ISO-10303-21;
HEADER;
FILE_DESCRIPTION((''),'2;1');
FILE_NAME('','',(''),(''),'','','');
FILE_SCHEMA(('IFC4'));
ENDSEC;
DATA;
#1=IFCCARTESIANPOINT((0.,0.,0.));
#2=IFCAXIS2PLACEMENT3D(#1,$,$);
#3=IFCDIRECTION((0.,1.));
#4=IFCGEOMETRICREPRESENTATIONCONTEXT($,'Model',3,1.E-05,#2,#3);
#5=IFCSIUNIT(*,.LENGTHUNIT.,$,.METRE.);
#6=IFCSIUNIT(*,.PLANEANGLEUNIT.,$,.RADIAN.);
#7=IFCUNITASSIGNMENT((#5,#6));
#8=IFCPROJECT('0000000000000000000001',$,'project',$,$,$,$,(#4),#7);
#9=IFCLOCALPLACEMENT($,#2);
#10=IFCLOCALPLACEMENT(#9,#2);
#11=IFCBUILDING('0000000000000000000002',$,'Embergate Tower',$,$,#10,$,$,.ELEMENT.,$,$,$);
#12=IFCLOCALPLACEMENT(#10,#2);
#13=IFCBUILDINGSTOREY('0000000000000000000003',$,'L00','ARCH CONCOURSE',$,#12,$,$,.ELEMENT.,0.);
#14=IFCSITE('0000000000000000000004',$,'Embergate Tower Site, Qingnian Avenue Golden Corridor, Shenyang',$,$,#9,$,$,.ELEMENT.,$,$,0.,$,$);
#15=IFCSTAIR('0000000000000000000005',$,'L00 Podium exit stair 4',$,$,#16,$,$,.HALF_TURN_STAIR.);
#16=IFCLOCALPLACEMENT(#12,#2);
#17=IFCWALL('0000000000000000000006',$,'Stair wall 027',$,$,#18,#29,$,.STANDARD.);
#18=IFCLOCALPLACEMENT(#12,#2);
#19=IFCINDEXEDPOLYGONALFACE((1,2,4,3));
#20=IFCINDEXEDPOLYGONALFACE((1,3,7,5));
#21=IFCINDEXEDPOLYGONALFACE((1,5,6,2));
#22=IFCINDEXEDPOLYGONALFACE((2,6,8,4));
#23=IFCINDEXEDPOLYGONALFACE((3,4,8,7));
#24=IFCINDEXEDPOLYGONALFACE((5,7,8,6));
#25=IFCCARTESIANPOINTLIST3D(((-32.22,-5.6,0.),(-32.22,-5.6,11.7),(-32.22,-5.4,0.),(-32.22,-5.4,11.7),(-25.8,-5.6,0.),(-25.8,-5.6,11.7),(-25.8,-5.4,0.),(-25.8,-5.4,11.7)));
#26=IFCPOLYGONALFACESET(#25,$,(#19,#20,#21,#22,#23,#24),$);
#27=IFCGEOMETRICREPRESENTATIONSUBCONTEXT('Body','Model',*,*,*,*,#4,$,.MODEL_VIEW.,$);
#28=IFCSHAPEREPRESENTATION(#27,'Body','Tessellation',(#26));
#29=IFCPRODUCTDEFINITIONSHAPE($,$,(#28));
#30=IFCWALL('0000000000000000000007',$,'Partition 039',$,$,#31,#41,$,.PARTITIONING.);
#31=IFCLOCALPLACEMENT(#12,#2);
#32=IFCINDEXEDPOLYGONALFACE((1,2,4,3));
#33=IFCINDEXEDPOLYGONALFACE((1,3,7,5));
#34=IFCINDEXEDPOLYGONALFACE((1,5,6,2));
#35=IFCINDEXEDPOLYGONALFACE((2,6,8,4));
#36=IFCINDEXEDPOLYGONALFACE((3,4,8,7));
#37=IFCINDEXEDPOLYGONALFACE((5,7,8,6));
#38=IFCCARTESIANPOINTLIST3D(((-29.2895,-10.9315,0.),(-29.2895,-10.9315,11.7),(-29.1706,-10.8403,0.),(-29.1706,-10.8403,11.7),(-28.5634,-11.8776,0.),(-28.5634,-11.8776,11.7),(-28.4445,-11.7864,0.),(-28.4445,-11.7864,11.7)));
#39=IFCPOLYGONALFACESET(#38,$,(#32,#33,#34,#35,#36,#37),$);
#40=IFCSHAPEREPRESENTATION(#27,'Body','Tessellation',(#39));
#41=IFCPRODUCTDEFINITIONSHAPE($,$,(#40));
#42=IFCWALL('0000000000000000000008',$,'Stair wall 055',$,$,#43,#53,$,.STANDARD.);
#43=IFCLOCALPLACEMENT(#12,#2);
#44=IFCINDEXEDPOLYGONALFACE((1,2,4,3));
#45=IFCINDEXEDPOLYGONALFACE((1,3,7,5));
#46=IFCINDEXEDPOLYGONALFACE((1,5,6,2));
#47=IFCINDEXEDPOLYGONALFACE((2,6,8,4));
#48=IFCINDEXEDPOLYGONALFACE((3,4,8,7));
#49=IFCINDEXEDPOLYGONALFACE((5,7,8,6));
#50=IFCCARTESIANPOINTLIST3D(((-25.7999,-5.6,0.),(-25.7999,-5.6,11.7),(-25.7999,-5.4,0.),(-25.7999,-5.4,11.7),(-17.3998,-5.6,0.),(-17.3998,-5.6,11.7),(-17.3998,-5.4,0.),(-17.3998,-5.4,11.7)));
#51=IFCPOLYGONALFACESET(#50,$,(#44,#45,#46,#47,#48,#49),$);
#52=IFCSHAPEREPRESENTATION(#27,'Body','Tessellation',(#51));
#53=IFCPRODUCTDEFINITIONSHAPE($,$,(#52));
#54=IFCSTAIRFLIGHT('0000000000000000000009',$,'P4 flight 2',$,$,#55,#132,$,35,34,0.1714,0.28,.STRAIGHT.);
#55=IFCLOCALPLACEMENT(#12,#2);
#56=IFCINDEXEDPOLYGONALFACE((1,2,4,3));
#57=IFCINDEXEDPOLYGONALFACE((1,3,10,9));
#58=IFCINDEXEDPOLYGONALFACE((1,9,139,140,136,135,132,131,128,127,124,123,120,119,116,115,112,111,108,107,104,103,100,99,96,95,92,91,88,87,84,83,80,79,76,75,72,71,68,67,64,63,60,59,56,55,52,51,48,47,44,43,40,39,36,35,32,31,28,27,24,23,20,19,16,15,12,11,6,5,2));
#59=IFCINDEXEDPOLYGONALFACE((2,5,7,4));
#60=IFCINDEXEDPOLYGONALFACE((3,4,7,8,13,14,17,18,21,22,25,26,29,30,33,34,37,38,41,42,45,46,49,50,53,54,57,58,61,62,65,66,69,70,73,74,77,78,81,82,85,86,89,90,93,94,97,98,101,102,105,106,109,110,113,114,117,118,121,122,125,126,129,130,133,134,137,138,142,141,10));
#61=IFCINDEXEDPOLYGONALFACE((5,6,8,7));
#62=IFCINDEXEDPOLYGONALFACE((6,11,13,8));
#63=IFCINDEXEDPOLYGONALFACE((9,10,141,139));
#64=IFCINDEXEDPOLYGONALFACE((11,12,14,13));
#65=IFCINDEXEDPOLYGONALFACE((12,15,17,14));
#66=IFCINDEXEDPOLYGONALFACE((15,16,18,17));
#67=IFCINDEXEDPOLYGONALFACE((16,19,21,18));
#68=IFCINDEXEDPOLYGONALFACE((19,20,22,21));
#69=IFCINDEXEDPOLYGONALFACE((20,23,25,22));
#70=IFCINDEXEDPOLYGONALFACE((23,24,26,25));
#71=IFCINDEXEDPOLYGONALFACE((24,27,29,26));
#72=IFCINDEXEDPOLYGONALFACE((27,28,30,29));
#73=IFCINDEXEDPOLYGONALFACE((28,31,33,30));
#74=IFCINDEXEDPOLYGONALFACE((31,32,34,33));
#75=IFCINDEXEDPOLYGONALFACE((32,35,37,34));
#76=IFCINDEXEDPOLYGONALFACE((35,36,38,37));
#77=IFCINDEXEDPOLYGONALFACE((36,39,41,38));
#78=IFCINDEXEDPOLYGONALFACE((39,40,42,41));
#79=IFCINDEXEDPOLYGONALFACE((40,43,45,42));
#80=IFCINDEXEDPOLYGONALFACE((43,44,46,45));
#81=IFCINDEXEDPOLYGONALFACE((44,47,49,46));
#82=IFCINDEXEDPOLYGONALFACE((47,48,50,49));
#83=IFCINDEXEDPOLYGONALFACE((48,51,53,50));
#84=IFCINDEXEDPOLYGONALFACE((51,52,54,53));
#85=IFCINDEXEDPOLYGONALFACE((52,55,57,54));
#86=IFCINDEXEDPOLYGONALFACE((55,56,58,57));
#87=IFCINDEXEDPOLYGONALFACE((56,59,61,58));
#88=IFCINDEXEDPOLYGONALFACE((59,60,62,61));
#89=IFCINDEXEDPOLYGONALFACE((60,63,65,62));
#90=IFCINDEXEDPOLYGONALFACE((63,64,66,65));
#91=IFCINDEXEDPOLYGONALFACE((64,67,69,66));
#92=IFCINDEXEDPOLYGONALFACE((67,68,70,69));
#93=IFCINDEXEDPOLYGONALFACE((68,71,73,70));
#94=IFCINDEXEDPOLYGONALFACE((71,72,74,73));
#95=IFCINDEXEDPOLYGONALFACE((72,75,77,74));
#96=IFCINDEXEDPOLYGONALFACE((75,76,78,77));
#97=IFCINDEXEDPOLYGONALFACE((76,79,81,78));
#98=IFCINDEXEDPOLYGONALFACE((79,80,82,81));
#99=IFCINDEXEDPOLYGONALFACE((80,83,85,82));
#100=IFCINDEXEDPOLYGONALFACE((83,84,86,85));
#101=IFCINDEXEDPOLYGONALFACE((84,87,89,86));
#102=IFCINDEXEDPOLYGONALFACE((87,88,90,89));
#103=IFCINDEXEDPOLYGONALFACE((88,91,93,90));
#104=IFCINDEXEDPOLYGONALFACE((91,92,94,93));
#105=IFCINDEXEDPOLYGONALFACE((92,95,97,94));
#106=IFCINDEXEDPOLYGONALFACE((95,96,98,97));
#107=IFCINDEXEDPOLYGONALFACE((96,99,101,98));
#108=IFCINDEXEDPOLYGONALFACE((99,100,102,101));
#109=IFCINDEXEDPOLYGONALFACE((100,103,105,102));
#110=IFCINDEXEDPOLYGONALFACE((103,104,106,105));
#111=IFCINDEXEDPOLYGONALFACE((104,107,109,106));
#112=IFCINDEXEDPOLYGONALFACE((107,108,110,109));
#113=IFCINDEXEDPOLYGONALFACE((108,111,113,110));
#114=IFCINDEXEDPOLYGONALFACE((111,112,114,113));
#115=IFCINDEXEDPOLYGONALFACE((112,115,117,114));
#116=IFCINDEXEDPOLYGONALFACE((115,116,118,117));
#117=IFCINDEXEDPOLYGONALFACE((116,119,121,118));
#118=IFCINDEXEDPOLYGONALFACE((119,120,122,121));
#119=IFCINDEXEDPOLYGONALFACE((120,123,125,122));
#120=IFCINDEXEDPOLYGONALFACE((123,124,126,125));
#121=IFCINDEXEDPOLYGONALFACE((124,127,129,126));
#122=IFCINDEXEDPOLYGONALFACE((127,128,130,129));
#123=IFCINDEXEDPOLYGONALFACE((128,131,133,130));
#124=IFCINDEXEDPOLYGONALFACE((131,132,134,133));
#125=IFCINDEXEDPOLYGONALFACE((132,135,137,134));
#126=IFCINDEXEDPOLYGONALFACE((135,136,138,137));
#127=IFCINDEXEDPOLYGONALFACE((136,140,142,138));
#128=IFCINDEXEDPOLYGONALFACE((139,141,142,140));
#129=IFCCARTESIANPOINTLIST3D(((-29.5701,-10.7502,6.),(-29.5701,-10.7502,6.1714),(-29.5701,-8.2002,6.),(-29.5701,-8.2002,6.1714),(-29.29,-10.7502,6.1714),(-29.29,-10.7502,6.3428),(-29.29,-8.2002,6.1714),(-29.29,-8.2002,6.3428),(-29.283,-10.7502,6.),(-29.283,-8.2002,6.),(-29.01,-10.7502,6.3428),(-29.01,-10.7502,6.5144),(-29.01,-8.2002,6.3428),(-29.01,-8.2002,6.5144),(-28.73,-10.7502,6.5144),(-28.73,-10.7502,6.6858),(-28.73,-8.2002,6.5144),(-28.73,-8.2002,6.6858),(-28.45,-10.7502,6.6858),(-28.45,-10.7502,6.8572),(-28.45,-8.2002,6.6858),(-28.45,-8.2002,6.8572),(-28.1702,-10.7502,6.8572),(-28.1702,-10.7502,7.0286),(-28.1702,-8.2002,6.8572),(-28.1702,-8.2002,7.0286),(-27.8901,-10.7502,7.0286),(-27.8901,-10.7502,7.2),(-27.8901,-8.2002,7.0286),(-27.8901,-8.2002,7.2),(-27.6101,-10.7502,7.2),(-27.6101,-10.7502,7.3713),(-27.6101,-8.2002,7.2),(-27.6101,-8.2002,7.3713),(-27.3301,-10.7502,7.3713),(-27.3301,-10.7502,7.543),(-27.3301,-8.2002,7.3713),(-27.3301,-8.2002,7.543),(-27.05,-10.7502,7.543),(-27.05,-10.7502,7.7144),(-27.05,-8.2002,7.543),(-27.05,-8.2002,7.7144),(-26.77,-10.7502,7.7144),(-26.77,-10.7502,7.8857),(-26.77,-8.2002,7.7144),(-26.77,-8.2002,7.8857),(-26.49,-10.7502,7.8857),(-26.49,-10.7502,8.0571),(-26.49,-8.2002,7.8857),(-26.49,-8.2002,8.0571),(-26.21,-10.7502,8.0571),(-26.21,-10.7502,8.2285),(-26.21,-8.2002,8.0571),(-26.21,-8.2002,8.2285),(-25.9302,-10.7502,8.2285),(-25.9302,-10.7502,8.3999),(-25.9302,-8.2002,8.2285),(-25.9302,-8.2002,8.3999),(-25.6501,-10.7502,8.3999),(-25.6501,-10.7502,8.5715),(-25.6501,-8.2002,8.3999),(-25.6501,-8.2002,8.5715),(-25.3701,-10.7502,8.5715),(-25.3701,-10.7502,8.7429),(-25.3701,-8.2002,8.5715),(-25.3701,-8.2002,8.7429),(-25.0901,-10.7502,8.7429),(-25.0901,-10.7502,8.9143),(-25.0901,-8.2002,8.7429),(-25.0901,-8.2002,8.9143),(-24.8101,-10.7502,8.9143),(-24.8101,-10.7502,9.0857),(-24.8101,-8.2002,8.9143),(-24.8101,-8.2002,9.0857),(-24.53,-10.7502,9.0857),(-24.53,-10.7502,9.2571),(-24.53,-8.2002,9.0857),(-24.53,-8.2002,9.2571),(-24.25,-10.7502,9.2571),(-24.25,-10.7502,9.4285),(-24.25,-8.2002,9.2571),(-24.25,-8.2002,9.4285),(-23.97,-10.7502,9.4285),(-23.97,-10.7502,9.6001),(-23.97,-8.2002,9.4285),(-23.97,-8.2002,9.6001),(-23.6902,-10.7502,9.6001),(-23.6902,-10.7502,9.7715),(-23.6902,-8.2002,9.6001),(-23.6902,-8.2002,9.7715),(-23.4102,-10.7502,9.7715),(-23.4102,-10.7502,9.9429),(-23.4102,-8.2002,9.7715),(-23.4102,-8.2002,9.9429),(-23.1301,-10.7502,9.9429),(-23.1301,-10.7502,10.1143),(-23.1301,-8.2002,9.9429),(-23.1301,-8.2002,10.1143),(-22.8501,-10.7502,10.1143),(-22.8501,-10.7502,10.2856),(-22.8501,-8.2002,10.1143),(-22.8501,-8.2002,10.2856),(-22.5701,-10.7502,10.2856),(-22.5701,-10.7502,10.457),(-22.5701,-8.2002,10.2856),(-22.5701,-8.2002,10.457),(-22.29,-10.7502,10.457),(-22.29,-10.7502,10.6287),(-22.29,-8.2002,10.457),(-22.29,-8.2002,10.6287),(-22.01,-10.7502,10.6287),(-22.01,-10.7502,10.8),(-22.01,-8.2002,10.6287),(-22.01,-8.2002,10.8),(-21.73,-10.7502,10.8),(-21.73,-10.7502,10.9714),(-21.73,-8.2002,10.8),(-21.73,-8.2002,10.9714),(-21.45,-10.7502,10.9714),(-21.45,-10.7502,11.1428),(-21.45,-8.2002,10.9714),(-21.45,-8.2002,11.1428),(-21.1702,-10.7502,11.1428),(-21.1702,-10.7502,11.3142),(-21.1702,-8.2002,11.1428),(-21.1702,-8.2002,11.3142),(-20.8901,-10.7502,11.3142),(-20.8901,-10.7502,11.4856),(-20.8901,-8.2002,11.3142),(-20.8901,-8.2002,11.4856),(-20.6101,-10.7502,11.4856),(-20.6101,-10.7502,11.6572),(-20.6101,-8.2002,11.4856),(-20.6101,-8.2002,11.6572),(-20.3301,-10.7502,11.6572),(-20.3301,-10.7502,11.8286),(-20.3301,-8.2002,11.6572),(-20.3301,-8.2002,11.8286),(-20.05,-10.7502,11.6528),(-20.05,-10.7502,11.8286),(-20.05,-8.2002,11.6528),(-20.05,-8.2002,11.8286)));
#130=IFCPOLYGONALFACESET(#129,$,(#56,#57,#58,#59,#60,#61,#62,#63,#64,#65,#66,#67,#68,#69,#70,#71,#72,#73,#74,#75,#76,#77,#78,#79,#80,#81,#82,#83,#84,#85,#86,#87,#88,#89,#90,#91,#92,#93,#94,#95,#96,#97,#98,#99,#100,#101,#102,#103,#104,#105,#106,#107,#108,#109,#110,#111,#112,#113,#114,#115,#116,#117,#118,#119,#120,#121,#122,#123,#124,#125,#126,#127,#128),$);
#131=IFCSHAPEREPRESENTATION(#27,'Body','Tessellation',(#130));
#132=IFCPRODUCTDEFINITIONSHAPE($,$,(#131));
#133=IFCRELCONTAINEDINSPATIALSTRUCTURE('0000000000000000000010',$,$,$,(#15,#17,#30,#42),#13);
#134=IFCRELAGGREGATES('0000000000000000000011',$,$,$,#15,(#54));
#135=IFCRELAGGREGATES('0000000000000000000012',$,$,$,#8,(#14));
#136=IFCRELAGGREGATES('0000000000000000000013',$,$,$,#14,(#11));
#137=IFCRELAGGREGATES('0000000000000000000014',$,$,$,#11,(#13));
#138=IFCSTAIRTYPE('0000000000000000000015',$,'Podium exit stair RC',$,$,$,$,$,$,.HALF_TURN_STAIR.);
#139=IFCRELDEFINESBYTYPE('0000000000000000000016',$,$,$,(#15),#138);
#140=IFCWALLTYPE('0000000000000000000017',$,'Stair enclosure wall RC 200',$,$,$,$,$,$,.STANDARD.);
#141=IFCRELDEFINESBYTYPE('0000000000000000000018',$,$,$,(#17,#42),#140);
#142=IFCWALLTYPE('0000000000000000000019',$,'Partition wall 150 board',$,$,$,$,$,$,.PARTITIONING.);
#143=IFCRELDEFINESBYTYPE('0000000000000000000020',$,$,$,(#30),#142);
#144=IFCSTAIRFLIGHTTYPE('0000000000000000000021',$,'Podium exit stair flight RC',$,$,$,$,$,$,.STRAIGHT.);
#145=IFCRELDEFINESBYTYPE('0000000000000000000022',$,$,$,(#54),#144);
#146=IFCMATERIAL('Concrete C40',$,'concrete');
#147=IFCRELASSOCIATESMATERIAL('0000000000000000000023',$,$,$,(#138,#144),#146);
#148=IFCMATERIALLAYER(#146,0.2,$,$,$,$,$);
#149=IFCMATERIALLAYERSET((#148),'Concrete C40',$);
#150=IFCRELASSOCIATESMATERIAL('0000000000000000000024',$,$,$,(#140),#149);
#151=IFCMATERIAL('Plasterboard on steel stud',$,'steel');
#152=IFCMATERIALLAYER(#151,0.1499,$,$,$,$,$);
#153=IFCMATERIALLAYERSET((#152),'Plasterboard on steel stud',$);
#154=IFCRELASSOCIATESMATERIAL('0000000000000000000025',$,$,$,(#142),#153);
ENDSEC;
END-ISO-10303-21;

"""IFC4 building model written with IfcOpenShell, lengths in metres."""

from ifc_helpers import new_model, si_unit, direction, frame, frame_2d, origin, place, context, subcontext, project, spatial, polyline, rectangle, outline, extrude, source, transform, mapped, material, layer, layer_set, type_object, element, aggregate, save


model = new_model("IFC4")

# Units and contexts
model_context = context("Model", 3, precision=1e-05, world=origin(), true_north=direction((0.0, 1.0)))
body_context = subcontext(model_context, "Body", "Model", "MODEL_VIEW")
ifc_project = project(units=[si_unit("LENGTHUNIT", "METRE"), si_unit("PLANEANGLEUNIT", "RADIAN")], contexts=[model_context])

# Site, building, storey
site_placement = place(None, origin())
site = spatial("IfcSite", under=ifc_project, at=site_placement, Name="Embergate Tower Site, Qingnian Avenue Golden Corridor, Shenyang", CompositionType="ELEMENT", RefElevation=0.0)
building_placement = place(site_placement, origin())
building = spatial("IfcBuilding", under=site, at=building_placement, Name="Embergate Tower", CompositionType="ELEMENT")
storey_placement = place(building_placement, origin())
storey = spatial("IfcBuildingStorey", under=building, at=storey_placement, Name="L00", Description="ARCH CONCOURSE", CompositionType="ELEMENT", Elevation=0.0)

# Shared definitions
ifc_material_1 = material(Name="Concrete C40", Category="concrete")

# Stair
stair_type = type_object("IfcStairType", Name="Podium exit stair RC", PredefinedType="HALF_TURN_STAIR", material=ifc_material_1)
stair_placement = place(storey_placement, origin())
stair = element("IfcStair", 1, at=stair_placement, inside=storey, type_object=stair_type, Name="L00 Podium exit stair 4", PredefinedType="HALF_TURN_STAIR")

# Shared definitions
ifc_layer_1 = layer(ifc_material_1, 0.2)
ifc_layer_set_1 = layer_set([ifc_layer_1], Name="Concrete C40")
wall_type_1 = type_object("IfcWallType", Name="Stair enclosure wall RC 200", PredefinedType="STANDARD", material=ifc_layer_set_1)

# Walls
shared_shape_1 = source(origin(), body_context, "Body", "SweptSolid", [
    extrude(rectangle(XDim=6.4199, YDim=0.2, at=frame_2d((3.21, 0.0))), origin(), (0.0, 0.0, 1.0), 11.7),
])
wall_1_placement = place(storey_placement, frame((-32.22, -5.5, 0.0), z_axis=(0.0, 0.0, 1.0), x_axis=(1.0, 0.0, 0.0)))
element("IfcWall", 2, at=wall_1_placement, inside=storey, type_object=wall_type_1, Name="Stair wall 027", PredefinedType="STANDARD", context=body_context, shape_type="MappedRepresentation", body=[
    mapped(shared_shape_1, transform((0.0, 0.0, 0.0))),
])
ifc_material_2 = material(Name="Plasterboard on steel stud", Category="steel")
ifc_layer_2 = layer(ifc_material_2, 0.1499)
ifc_layer_set_2 = layer_set([ifc_layer_2], Name="Plasterboard on steel stud")
wall_type_2 = type_object("IfcWallType", Name="Partition wall 150 board", PredefinedType="PARTITIONING", material=ifc_layer_set_2)
shared_shape_2 = source(origin(), body_context, "Body", "SweptSolid", [
    extrude(rectangle(XDim=1.1926, YDim=0.1499, at=frame_2d((0.5962, 0.0))), origin(), (0.0, 0.0, 1.0), 11.7),
])
wall_2_placement = place(storey_placement, frame((-29.23, -10.886, 0.0), z_axis=(0.0, 0.0, 1.0), x_axis=(0.60884, -0.793293, 0.0)))
element("IfcWall", 3, at=wall_2_placement, inside=storey, type_object=wall_type_2, Name="Partition 039", PredefinedType="PARTITIONING", context=body_context, shape_type="MappedRepresentation", body=[
    mapped(shared_shape_2, transform((0.0, 0.0, 0.0))),
])
shared_shape_3 = source(origin(), body_context, "Body", "SweptSolid", [
    extrude(rectangle(XDim=8.4001, YDim=0.2, at=frame_2d((4.2002, 0.0))), origin(), (0.0, 0.0, 1.0), 11.7),
])
wall_3_placement = place(storey_placement, frame((-25.8, -5.5, 0.0), z_axis=(0.0, 0.0, 1.0), x_axis=(1.0, 0.0, 0.0)))
element("IfcWall", 4, at=wall_3_placement, inside=storey, type_object=wall_type_1, Name="Stair wall 055", PredefinedType="STANDARD", context=body_context, shape_type="MappedRepresentation", body=[
    mapped(shared_shape_3, transform((0.0, 0.0, 0.0))),
])

# Stair flight
stair_flight_type = type_object("IfcStairFlightType", Name="Podium exit stair flight RC", PredefinedType="STRAIGHT", material=ifc_material_1)
shared_shape_4 = source(origin(), body_context, "Body", "SweptSolid", [
    extrude(outline(polyline([(0.0, 0.0), (0.0, 0.1714), (0.28, 0.1714), (0.28, 0.3428), (0.5601, 0.3428), (0.5601, 0.5144), (0.8401, 0.5144), (0.8401, 0.6858), (1.1201, 0.6858), (1.1201, 0.8572), (1.3999, 0.8572), (1.3999, 1.0286), (1.6799, 1.0286), (1.6799, 1.2), (1.96, 1.2), (1.96, 1.3713), (2.24, 1.3713), (2.24, 1.543), (2.52, 1.543), (2.52, 1.7144), (2.8, 1.7144), (2.8, 1.8857), (3.0801, 1.8857), (3.0801, 2.0571), (3.3601, 2.0571), (3.3601, 2.2285), (3.6399, 2.2285), (3.6399, 2.3999), (3.9199, 2.3999), (3.9199, 2.5715), (4.2, 2.5715), (4.2, 2.7429), (4.48, 2.7429), (4.48, 2.9143), (4.76, 2.9143), (4.76, 3.0857), (5.04, 3.0857), (5.04, 3.2571), (5.3201, 3.2571), (5.3201, 3.4285), (5.6001, 3.4285), (5.6001, 3.6001), (5.8799, 3.6001), (5.8799, 3.7715), (6.1599, 3.7715), (6.1599, 3.9429), (6.4399, 3.9429), (6.4399, 4.1143), (6.72, 4.1143), (6.72, 4.2856), (7.0, 4.2856), (7.0, 4.457), (7.28, 4.457), (7.28, 4.6287), (7.5601, 4.6287), (7.5601, 4.8), (7.8401, 4.8), (7.8401, 4.9714), (8.1201, 4.9714), (8.1201, 5.1428), (8.3999, 5.1428), (8.3999, 5.3142), (8.6799, 5.3142), (8.6799, 5.4856), (8.96, 5.4856), (8.96, 5.6572), (9.24, 5.6572), (9.24, 5.8286), (9.52, 5.8286), (9.52, 6.0), (9.52, 5.6528), (0.2871, 0.0), (0.0, 0.0)])), frame((0.0, 1.2749, 0.0), z_axis=(0.0, -1.0, 0.0), x_axis=(1.0, 0.0, 0.0)), (0.0, 0.0, 1.0), 2.55),
])
stair_flight_placement = place(storey_placement, frame((-29.5701, -9.4751, 6.0), z_axis=(0.0, 0.0, 1.0), x_axis=(1.0, 0.0, 0.0)))
stair_flight = element("IfcStairFlight", 5, at=stair_flight_placement, type_object=stair_flight_type, Name="P4 flight 2", NumberOfRisers=35, NumberOfTreads=34, PredefinedType="STRAIGHT", RiserHeight=0.1714, TreadLength=0.28, context=body_context, shape_type="MappedRepresentation", body=[
    mapped(shared_shape_4, transform((0.0, 0.0, 0.0))),
])
aggregate(stair, [stair_flight])

save(model, "model.ifc")
